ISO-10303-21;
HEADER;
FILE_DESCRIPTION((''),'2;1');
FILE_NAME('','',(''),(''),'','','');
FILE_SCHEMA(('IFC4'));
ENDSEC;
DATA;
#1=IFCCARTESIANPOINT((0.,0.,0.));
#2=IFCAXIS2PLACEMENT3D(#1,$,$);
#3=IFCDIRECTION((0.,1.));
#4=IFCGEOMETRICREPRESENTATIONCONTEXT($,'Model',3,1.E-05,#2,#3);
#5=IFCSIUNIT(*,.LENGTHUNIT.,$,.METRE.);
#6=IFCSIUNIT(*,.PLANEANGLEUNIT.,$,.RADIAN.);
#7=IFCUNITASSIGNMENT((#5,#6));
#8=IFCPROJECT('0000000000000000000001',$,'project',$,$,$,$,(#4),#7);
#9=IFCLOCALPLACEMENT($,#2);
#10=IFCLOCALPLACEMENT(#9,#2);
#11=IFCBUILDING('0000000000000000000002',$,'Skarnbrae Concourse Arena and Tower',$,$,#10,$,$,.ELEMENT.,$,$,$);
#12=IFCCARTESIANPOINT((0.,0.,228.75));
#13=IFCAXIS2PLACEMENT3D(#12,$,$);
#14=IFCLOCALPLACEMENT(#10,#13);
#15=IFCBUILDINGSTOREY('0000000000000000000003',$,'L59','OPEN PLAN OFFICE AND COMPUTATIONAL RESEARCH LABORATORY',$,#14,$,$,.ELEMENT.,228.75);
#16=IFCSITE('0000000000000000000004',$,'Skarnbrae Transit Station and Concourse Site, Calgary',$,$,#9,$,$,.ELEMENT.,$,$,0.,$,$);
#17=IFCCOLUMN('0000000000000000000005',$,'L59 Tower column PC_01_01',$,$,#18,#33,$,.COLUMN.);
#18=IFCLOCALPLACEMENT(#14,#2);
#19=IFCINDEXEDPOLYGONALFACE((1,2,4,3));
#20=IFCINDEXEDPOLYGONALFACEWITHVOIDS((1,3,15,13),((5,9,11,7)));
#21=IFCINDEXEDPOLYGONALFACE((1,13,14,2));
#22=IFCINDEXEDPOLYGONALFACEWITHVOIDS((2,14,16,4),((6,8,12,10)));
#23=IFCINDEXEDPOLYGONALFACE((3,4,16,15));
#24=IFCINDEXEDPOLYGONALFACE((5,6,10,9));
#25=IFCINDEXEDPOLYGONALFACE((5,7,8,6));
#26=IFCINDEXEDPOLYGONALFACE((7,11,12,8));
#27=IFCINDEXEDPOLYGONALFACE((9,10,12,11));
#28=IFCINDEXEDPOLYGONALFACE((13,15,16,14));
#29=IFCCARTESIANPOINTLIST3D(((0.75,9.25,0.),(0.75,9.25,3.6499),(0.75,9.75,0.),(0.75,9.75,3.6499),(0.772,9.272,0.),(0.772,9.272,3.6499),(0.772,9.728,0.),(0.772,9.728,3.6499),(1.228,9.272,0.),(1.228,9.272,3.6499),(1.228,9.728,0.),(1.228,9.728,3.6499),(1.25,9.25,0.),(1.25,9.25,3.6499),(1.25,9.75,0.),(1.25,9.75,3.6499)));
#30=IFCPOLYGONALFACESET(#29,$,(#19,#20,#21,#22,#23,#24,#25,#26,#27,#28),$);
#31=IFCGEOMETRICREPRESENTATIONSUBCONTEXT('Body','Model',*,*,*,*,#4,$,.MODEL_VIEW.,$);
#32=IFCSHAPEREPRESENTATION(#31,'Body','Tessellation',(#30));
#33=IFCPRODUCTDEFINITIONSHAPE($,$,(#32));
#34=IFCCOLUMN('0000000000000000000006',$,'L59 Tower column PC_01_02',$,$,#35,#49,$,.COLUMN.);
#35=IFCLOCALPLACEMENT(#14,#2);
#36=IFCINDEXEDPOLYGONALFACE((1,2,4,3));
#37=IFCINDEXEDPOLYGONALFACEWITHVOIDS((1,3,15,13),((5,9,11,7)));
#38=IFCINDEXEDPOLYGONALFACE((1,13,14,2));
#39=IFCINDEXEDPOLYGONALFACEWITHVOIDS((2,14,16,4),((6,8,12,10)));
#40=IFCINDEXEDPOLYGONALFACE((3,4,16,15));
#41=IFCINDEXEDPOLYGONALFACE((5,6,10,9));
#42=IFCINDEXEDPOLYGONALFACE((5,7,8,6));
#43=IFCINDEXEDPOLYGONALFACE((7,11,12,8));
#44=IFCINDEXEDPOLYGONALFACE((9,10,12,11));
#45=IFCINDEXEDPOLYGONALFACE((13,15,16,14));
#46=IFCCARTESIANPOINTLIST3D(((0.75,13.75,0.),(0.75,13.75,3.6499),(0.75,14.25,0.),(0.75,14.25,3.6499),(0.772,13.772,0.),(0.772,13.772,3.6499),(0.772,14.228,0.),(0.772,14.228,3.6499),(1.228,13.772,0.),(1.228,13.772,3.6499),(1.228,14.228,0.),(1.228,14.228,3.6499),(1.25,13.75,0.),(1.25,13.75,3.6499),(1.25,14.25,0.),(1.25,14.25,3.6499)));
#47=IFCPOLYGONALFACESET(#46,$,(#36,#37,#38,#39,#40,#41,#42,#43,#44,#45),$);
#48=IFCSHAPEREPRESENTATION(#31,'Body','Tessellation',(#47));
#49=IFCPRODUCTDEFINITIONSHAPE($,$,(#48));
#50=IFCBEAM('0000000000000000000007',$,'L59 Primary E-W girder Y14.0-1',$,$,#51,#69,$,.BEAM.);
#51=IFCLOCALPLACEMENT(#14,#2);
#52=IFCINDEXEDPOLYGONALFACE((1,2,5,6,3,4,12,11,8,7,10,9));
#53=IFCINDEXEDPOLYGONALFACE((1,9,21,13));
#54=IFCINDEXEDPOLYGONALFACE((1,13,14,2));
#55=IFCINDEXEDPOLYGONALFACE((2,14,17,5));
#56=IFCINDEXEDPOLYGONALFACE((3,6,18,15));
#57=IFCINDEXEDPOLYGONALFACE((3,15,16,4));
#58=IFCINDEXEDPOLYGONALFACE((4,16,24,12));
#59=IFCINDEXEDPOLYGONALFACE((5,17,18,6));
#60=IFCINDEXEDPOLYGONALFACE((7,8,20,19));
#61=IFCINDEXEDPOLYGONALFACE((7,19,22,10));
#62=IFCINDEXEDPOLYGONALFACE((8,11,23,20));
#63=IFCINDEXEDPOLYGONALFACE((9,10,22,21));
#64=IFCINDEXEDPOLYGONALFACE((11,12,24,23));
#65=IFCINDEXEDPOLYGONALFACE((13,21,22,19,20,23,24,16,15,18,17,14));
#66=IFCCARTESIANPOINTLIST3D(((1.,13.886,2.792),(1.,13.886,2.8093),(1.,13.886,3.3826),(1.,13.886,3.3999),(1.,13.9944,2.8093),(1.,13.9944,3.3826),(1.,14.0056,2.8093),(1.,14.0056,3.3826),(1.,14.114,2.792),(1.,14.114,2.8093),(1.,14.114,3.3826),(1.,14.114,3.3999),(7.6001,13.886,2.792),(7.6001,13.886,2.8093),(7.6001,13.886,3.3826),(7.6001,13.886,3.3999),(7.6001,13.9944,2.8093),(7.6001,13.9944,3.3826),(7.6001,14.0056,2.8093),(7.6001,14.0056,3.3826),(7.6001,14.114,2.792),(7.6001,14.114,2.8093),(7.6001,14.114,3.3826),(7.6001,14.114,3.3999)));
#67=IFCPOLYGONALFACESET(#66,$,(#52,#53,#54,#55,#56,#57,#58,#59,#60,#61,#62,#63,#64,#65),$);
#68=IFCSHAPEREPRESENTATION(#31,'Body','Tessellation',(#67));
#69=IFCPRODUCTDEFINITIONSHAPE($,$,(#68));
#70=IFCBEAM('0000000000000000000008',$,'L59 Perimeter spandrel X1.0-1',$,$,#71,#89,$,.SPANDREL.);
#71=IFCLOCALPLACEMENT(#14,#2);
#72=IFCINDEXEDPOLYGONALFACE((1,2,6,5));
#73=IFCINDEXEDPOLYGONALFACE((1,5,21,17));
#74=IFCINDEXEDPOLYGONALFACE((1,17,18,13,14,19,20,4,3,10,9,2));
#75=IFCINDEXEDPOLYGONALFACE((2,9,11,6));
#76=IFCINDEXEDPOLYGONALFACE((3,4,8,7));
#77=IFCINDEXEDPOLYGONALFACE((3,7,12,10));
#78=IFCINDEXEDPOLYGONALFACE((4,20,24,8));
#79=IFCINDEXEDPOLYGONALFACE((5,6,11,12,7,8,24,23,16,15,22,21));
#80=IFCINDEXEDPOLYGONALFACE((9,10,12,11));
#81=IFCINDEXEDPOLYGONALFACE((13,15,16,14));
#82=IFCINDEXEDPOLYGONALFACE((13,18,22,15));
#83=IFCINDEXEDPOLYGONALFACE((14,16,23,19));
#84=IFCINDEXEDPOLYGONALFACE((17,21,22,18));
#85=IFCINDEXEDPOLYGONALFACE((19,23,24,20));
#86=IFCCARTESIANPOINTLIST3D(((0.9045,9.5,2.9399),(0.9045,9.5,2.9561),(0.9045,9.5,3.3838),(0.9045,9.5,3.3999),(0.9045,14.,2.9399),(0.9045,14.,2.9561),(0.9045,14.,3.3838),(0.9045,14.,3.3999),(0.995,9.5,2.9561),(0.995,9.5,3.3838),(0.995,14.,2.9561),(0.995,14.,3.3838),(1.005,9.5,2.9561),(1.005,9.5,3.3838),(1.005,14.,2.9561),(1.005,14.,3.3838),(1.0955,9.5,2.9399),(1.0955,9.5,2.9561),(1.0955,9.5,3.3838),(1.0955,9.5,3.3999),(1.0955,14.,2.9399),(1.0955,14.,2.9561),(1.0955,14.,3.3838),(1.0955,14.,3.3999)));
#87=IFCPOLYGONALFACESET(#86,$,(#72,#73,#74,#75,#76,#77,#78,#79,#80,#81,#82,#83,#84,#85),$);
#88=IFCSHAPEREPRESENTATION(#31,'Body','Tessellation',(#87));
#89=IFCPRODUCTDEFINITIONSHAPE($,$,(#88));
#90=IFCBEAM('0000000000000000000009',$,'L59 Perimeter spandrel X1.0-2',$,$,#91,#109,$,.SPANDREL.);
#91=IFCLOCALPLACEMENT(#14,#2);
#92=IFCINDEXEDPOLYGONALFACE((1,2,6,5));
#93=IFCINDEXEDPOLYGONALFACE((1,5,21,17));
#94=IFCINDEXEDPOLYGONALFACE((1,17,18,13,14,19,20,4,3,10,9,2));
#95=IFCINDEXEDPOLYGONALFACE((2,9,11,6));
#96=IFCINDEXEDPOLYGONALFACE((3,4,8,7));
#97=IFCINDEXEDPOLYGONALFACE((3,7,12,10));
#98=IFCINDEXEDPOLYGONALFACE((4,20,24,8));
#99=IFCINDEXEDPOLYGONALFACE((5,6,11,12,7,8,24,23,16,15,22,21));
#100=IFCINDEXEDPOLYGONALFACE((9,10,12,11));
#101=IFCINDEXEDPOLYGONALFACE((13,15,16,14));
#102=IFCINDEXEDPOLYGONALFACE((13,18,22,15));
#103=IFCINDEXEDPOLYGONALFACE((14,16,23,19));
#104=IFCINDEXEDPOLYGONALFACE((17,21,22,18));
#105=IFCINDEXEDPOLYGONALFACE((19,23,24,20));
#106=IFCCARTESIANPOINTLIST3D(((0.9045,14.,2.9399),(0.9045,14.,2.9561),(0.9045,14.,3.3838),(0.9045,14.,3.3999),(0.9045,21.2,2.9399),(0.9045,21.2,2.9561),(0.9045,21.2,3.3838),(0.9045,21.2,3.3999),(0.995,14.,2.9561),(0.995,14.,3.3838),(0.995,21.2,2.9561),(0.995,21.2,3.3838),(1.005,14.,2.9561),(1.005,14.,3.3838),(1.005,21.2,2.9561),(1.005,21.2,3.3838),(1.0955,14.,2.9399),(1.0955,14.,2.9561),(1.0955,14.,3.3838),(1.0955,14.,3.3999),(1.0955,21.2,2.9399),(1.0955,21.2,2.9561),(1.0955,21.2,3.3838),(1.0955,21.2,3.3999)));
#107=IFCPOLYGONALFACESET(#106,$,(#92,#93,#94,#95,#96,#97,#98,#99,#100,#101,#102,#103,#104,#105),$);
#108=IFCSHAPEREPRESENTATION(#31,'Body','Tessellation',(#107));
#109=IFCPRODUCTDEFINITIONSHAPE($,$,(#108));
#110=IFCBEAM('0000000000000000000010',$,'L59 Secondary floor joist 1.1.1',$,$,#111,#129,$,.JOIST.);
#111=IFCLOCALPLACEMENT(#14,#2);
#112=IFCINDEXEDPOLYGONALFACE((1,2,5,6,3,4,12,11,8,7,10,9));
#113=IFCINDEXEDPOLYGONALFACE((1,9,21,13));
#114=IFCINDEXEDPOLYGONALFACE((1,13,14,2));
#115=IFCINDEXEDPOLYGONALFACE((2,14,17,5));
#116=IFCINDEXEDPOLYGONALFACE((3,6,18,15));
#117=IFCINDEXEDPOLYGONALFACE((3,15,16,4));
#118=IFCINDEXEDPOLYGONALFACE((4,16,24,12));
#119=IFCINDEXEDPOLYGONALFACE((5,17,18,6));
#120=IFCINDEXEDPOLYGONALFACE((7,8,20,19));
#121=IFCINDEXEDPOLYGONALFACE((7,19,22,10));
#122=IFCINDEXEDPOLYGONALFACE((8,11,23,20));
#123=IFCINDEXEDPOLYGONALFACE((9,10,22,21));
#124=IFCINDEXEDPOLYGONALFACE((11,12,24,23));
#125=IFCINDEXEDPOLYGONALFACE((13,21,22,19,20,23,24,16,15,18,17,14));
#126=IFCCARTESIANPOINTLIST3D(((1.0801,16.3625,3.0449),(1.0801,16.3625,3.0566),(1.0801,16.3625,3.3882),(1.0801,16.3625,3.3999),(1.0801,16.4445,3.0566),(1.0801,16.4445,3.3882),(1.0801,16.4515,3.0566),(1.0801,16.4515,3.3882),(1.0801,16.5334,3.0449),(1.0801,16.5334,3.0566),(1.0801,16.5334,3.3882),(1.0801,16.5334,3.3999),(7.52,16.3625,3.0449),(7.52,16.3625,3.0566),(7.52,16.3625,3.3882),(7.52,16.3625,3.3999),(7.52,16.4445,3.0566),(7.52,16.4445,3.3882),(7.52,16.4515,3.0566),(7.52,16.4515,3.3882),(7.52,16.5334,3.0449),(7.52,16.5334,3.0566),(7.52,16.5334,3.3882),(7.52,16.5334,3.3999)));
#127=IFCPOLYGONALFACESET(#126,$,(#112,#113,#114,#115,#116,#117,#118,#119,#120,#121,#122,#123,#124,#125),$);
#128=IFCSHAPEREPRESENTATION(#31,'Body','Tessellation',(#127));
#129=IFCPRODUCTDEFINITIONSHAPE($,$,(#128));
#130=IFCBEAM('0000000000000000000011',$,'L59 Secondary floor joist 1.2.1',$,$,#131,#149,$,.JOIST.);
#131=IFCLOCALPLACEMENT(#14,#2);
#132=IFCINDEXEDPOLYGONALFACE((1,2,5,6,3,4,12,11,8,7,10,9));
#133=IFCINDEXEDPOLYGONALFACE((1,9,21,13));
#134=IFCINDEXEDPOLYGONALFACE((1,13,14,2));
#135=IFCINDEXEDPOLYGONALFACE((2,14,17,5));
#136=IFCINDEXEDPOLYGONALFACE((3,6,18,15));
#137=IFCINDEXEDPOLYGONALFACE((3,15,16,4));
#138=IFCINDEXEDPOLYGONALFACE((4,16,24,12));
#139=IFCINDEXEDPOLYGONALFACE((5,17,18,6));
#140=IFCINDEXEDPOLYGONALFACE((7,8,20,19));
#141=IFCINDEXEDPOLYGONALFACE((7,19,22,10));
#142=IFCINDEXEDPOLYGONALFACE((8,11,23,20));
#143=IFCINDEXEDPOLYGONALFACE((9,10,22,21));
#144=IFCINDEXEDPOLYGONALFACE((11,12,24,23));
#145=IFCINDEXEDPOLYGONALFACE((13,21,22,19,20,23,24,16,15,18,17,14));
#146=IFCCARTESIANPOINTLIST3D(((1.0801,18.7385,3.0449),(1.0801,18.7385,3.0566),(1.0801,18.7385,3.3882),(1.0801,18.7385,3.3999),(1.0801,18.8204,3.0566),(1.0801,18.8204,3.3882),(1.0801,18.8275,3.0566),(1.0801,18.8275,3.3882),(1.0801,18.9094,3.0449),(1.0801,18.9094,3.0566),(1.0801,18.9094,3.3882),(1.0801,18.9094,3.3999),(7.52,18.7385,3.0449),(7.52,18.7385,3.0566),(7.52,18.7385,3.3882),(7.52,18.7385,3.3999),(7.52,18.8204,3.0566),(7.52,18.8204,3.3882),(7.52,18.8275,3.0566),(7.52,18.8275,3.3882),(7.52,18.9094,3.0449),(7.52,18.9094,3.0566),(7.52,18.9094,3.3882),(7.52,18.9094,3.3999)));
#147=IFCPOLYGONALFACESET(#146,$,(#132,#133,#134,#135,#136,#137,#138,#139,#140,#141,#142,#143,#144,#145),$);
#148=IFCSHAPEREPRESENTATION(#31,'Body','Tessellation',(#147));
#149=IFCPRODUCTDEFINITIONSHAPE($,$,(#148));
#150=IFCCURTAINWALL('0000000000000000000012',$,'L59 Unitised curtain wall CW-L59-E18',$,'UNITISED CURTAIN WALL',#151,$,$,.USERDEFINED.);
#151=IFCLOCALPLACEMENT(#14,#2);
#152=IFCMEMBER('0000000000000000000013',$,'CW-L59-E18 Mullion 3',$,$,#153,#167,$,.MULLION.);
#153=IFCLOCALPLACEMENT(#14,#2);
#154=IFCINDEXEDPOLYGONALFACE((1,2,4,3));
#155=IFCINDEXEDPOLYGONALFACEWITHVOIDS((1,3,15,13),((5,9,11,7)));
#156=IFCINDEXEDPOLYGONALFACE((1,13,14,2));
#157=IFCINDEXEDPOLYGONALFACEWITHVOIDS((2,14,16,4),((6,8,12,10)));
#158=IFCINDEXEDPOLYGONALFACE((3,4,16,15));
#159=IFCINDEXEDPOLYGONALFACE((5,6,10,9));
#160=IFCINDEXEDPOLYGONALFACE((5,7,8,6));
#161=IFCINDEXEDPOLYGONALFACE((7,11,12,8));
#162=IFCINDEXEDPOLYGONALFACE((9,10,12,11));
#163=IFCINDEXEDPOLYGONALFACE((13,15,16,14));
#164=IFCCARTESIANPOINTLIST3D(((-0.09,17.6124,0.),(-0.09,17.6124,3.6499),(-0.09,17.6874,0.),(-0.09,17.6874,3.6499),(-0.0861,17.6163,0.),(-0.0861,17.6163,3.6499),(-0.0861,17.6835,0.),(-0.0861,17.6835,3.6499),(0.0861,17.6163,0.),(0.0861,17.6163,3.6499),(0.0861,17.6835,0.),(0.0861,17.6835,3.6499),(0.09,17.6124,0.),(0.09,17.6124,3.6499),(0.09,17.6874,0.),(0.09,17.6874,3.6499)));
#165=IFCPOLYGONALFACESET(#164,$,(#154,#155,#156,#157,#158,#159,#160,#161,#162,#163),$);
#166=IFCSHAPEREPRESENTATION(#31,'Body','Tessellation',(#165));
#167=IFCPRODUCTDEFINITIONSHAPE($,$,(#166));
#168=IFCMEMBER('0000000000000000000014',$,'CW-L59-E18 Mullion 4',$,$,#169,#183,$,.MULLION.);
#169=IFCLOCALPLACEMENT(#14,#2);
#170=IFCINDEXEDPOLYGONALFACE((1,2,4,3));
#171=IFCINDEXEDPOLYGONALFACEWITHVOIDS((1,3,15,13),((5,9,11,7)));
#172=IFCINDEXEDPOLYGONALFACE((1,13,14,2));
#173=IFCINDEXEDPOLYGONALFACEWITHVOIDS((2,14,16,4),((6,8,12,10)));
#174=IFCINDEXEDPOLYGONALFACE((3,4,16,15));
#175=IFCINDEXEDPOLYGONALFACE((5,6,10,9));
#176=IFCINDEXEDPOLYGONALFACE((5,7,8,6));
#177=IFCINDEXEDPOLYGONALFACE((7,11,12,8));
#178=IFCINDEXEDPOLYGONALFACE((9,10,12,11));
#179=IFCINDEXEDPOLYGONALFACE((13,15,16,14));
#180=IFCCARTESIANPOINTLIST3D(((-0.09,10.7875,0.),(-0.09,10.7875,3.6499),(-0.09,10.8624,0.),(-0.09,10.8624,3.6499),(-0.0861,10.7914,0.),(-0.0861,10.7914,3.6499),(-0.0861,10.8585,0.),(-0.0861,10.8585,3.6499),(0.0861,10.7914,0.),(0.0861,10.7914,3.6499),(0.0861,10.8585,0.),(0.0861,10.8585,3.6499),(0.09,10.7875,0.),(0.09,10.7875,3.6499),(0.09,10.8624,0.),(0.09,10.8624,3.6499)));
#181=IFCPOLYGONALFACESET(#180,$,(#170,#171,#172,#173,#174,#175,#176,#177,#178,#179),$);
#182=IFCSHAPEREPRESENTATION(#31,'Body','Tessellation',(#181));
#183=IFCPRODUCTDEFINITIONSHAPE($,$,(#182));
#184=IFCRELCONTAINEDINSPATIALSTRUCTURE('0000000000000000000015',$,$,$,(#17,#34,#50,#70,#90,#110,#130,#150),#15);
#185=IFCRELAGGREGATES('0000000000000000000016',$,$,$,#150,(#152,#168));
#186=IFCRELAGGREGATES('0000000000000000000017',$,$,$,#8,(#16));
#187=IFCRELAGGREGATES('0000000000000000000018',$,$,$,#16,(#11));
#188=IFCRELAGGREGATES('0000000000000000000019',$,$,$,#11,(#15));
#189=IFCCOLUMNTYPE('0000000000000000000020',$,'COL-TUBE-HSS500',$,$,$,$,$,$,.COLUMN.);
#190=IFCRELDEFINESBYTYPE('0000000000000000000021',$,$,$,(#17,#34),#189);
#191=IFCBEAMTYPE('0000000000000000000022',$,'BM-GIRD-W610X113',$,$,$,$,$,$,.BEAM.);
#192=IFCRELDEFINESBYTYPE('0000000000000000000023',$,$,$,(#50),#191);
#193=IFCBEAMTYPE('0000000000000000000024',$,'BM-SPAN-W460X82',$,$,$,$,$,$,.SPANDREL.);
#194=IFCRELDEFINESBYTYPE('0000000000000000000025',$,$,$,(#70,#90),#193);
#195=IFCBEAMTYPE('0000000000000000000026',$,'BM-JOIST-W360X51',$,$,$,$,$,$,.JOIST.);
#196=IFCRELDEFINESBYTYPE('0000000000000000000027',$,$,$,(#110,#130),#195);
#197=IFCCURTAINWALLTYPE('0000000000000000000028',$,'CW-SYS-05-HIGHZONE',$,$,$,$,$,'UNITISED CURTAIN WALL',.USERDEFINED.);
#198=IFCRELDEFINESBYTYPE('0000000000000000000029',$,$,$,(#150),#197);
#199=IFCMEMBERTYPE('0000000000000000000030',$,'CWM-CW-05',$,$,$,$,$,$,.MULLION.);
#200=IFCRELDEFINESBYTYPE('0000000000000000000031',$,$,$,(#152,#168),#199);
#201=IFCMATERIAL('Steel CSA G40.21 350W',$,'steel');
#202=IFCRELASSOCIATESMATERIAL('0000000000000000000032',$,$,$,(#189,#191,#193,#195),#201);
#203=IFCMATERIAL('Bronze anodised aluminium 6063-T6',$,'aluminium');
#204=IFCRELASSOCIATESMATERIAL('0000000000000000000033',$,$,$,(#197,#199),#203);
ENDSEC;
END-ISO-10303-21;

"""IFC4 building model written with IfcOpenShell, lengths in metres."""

from ifc_helpers import new_model, si_unit, direction, frame, origin, origin_2d, place, context, subcontext, project, spatial, hollow_rectangle, i_section, extrude, source, transform, mapped, material, material_profile, profile_set, type_object, element, aggregate, save


model = new_model("IFC4")

# Units and contexts
model_context = context("Model", 3, precision=1e-05, world=origin(), true_north=direction((0.0, 1.0)))
body_context = subcontext(model_context, "Body", "Model", "MODEL_VIEW")
ifc_project = project(units=[si_unit("LENGTHUNIT", "METRE"), si_unit("PLANEANGLEUNIT", "RADIAN")], contexts=[model_context])

# Site, building, storey
site_placement = place(None, origin())
site = spatial("IfcSite", under=ifc_project, at=site_placement, Name="Skarnbrae Transit Station and Concourse Site, Calgary", CompositionType="ELEMENT", RefElevation=0.0)
building_placement = place(site_placement, origin())
building = spatial("IfcBuilding", under=site, at=building_placement, Name="Skarnbrae Concourse Arena and Tower", CompositionType="ELEMENT")
storey_placement = place(building_placement, frame((0.0, 0.0, 228.75)))
storey = spatial("IfcBuildingStorey", under=building, at=storey_placement, Name="L59", Description="OPEN PLAN OFFICE AND COMPUTATIONAL RESEARCH LABORATORY", CompositionType="ELEMENT", Elevation=228.75)

# Columns
ifc_material_1 = material(Name="Steel CSA G40.21 350W", Category="steel")
ifc_material_profile_1 = material_profile(ifc_material_1, hollow_rectangle(XDim=0.5, YDim=0.5, WallThickness=0.022, at=origin_2d()), Name="HSS500X500X22.0")
ifc_profile_set_1 = profile_set([ifc_material_profile_1], Name="Steel CSA G40.21 350W")
column_type = type_object("IfcColumnType", Name="COL-TUBE-HSS500", PredefinedType="COLUMN", material=ifc_profile_set_1)
shared_shape_1 = source(origin(), body_context, "Body", "SweptSolid", [
    extrude(hollow_rectangle(XDim=0.5, YDim=0.5, WallThickness=0.022, at=origin_2d()), origin(), (0.0, 0.0, 1.0), 3.6499),
])
for number, where, z_axis, x_axis, name in (
    (1, (1.0, 9.5, 0.0), (0.0, 0.0, 1.0), (1.0, 0.0, 0.0), "L59 Tower column PC_01_01"),
    (2, (1.0, 14.0, 0.0), (0.0, 0.0, 1.0), (1.0, 0.0, 0.0), "L59 Tower column PC_01_02"),
):
    element("IfcColumn", number, at=place(storey_placement, frame(where, z_axis=z_axis, x_axis=x_axis)), inside=storey, type_object=column_type, Name=name, PredefinedType="COLUMN", context=body_context, shape_type="MappedRepresentation", body=[
        mapped(shared_shape_1, transform((0.0, 0.0, 0.0))),
    ])

# Beams
ifc_material_profile_2 = material_profile(ifc_material_1, i_section(OverallWidth=0.228, OverallDepth=0.6079, WebThickness=0.0112, FlangeThickness=0.0173, at=origin_2d()), Name="W610X113")
ifc_profile_set_2 = profile_set([ifc_material_profile_2], Name="Steel CSA G40.21 350W")
beam_type_1 = type_object("IfcBeamType", Name="BM-GIRD-W610X113", PredefinedType="BEAM", material=ifc_profile_set_2)
shared_shape_2 = source(origin(), body_context, "Body", "SweptSolid", [
    extrude(i_section(OverallWidth=0.228, OverallDepth=0.6079, WebThickness=0.0112, FlangeThickness=0.0173, at=origin_2d()), origin(), (0.0, 0.0, 1.0), 6.6001),
])
beam_1_placement = place(storey_placement, frame((1.0, 14.0, 3.0959), z_axis=(1.0, 0.0, 0.0), x_axis=(0.0, 1.0, 0.0)))
element("IfcBeam", 3, at=beam_1_placement, inside=storey, type_object=beam_type_1, Name="L59 Primary E-W girder Y14.0-1", PredefinedType="BEAM", context=body_context, shape_type="MappedRepresentation", body=[
    mapped(shared_shape_2, transform((0.0, 0.0, 0.0))),
])
ifc_material_profile_3 = material_profile(ifc_material_1, i_section(OverallWidth=0.1909, OverallDepth=0.46, WebThickness=0.01, FlangeThickness=0.0161, at=origin_2d()), Name="W460X82")
ifc_profile_set_3 = profile_set([ifc_material_profile_3], Name="Steel CSA G40.21 350W")
beam_type_2 = type_object("IfcBeamType", Name="BM-SPAN-W460X82", PredefinedType="SPANDREL", material=ifc_profile_set_3)
shared_shape_3 = source(origin(), body_context, "Body", "SweptSolid", [
    extrude(i_section(OverallWidth=0.1909, OverallDepth=0.46, WebThickness=0.01, FlangeThickness=0.0161, at=origin_2d()), origin(), (0.0, 0.0, 1.0), 4.5),
])
beam_2_placement = place(storey_placement, frame((1.0, 9.5, 3.1699), z_axis=(0.0, 1.0, 0.0), x_axis=(-1.0, 0.0, 0.0)))
element("IfcBeam", 4, at=beam_2_placement, inside=storey, type_object=beam_type_2, Name="L59 Perimeter spandrel X1.0-1", PredefinedType="SPANDREL", context=body_context, shape_type="MappedRepresentation", body=[
    mapped(shared_shape_3, transform((0.0, 0.0, 0.0))),
])
shared_shape_4 = source(origin(), body_context, "Body", "SweptSolid", [
    extrude(i_section(OverallWidth=0.1909, OverallDepth=0.46, WebThickness=0.01, FlangeThickness=0.0161, at=origin_2d()), origin(), (0.0, 0.0, 1.0), 7.2),
])
beam_3_placement = place(storey_placement, frame((1.0, 14.0, 3.1699), z_axis=(0.0, 1.0, 0.0), x_axis=(-1.0, 0.0, 0.0)))
element("IfcBeam", 5, at=beam_3_placement, inside=storey, type_object=beam_type_2, Name="L59 Perimeter spandrel X1.0-2", PredefinedType="SPANDREL", context=body_context, shape_type="MappedRepresentation", body=[
    mapped(shared_shape_4, transform((0.0, 0.0, 0.0))),
])
ifc_material_profile_4 = material_profile(ifc_material_1, i_section(OverallWidth=0.1709, OverallDepth=0.355, WebThickness=0.0071, FlangeThickness=0.0117, at=origin_2d()), Name="W360X51")
ifc_profile_set_4 = profile_set([ifc_material_profile_4], Name="Steel CSA G40.21 350W")
beam_type_3 = type_object("IfcBeamType", Name="BM-JOIST-W360X51", PredefinedType="JOIST", material=ifc_profile_set_4)
shared_shape_5 = source(origin(), body_context, "Body", "SweptSolid", [
    extrude(i_section(OverallWidth=0.1709, OverallDepth=0.355, WebThickness=0.0071, FlangeThickness=0.0117, at=origin_2d()), origin(), (0.0, 0.0, 1.0), 6.4399),
])
for number, where, z_axis, x_axis, name in (
    (6, (1.0801, 16.448, 3.2224), (1.0, 0.0, 0.0), (0.0, 1.0, 0.0), "L59 Secondary floor joist 1.1.1"),
    (7, (1.0801, 18.824, 3.2224), (1.0, 0.0, 0.0), (0.0, 1.0, 0.0), "L59 Secondary floor joist 1.2.1"),
):
    element("IfcBeam", number, at=place(storey_placement, frame(where, z_axis=z_axis, x_axis=x_axis)), inside=storey, type_object=beam_type_3, Name=name, PredefinedType="JOIST", context=body_context, shape_type="MappedRepresentation", body=[
        mapped(shared_shape_5, transform((0.0, 0.0, 0.0))),
    ])

# Curtain wall, members
ifc_material_2 = material(Name="Bronze anodised aluminium 6063-T6", Category="aluminium")
curtain_wall_type = type_object("IfcCurtainWallType", Name="CW-SYS-05-HIGHZONE", ElementType="UNITISED CURTAIN WALL", PredefinedType="USERDEFINED", material=ifc_material_2)
curtain_wall_placement = place(storey_placement, origin())
curtain_wall = element("IfcCurtainWall", 8, at=curtain_wall_placement, inside=storey, type_object=curtain_wall_type, Name="L59 Unitised curtain wall CW-L59-E18", ObjectType="UNITISED CURTAIN WALL", PredefinedType="USERDEFINED")
ifc_material_profile_5 = material_profile(ifc_material_2, hollow_rectangle(XDim=0.075, YDim=0.1799, WallThickness=0.0039, at=origin_2d()), Name="ALU-MULL-75X180")
ifc_profile_set_5 = profile_set([ifc_material_profile_5], Name="Bronze anodised aluminium 6063-T6")
member_type_1 = type_object("IfcMemberType", Name="CWM-CW-05", PredefinedType="MULLION", material=ifc_profile_set_5)
shared_shape_6 = source(origin(), body_context, "Body", "SweptSolid", [
    extrude(hollow_rectangle(XDim=0.075, YDim=0.1799, WallThickness=0.0039, at=origin_2d()), origin(), (0.0, 0.0, 1.0), 3.6499),
])
member_1_placement = place(storey_placement, frame((0.0, 17.6499, 0.0), z_axis=(0.0, 0.0, 1.0), x_axis=(0.0, -1.0, 0.0)))
member_1 = element("IfcMember", 9, at=member_1_placement, type_object=member_type_1, Name="CW-L59-E18 Mullion 3", PredefinedType="MULLION", context=body_context, shape_type="MappedRepresentation", body=[
    mapped(shared_shape_6, transform((0.0, 0.0, 0.0))),
])
member_2_placement = place(storey_placement, frame((0.0, 10.825, 0.0), z_axis=(0.0, 0.0, 1.0), x_axis=(0.0, -1.0, 0.0)))
member_2 = element("IfcMember", 10, at=member_2_placement, type_object=member_type_1, Name="CW-L59-E18 Mullion 4", PredefinedType="MULLION", context=body_context, shape_type="MappedRepresentation", body=[
    mapped(shared_shape_6, transform((0.0, 0.0, 0.0))),
])
aggregate(curtain_wall, [member_1, member_2])

save(model, "model.ifc")
